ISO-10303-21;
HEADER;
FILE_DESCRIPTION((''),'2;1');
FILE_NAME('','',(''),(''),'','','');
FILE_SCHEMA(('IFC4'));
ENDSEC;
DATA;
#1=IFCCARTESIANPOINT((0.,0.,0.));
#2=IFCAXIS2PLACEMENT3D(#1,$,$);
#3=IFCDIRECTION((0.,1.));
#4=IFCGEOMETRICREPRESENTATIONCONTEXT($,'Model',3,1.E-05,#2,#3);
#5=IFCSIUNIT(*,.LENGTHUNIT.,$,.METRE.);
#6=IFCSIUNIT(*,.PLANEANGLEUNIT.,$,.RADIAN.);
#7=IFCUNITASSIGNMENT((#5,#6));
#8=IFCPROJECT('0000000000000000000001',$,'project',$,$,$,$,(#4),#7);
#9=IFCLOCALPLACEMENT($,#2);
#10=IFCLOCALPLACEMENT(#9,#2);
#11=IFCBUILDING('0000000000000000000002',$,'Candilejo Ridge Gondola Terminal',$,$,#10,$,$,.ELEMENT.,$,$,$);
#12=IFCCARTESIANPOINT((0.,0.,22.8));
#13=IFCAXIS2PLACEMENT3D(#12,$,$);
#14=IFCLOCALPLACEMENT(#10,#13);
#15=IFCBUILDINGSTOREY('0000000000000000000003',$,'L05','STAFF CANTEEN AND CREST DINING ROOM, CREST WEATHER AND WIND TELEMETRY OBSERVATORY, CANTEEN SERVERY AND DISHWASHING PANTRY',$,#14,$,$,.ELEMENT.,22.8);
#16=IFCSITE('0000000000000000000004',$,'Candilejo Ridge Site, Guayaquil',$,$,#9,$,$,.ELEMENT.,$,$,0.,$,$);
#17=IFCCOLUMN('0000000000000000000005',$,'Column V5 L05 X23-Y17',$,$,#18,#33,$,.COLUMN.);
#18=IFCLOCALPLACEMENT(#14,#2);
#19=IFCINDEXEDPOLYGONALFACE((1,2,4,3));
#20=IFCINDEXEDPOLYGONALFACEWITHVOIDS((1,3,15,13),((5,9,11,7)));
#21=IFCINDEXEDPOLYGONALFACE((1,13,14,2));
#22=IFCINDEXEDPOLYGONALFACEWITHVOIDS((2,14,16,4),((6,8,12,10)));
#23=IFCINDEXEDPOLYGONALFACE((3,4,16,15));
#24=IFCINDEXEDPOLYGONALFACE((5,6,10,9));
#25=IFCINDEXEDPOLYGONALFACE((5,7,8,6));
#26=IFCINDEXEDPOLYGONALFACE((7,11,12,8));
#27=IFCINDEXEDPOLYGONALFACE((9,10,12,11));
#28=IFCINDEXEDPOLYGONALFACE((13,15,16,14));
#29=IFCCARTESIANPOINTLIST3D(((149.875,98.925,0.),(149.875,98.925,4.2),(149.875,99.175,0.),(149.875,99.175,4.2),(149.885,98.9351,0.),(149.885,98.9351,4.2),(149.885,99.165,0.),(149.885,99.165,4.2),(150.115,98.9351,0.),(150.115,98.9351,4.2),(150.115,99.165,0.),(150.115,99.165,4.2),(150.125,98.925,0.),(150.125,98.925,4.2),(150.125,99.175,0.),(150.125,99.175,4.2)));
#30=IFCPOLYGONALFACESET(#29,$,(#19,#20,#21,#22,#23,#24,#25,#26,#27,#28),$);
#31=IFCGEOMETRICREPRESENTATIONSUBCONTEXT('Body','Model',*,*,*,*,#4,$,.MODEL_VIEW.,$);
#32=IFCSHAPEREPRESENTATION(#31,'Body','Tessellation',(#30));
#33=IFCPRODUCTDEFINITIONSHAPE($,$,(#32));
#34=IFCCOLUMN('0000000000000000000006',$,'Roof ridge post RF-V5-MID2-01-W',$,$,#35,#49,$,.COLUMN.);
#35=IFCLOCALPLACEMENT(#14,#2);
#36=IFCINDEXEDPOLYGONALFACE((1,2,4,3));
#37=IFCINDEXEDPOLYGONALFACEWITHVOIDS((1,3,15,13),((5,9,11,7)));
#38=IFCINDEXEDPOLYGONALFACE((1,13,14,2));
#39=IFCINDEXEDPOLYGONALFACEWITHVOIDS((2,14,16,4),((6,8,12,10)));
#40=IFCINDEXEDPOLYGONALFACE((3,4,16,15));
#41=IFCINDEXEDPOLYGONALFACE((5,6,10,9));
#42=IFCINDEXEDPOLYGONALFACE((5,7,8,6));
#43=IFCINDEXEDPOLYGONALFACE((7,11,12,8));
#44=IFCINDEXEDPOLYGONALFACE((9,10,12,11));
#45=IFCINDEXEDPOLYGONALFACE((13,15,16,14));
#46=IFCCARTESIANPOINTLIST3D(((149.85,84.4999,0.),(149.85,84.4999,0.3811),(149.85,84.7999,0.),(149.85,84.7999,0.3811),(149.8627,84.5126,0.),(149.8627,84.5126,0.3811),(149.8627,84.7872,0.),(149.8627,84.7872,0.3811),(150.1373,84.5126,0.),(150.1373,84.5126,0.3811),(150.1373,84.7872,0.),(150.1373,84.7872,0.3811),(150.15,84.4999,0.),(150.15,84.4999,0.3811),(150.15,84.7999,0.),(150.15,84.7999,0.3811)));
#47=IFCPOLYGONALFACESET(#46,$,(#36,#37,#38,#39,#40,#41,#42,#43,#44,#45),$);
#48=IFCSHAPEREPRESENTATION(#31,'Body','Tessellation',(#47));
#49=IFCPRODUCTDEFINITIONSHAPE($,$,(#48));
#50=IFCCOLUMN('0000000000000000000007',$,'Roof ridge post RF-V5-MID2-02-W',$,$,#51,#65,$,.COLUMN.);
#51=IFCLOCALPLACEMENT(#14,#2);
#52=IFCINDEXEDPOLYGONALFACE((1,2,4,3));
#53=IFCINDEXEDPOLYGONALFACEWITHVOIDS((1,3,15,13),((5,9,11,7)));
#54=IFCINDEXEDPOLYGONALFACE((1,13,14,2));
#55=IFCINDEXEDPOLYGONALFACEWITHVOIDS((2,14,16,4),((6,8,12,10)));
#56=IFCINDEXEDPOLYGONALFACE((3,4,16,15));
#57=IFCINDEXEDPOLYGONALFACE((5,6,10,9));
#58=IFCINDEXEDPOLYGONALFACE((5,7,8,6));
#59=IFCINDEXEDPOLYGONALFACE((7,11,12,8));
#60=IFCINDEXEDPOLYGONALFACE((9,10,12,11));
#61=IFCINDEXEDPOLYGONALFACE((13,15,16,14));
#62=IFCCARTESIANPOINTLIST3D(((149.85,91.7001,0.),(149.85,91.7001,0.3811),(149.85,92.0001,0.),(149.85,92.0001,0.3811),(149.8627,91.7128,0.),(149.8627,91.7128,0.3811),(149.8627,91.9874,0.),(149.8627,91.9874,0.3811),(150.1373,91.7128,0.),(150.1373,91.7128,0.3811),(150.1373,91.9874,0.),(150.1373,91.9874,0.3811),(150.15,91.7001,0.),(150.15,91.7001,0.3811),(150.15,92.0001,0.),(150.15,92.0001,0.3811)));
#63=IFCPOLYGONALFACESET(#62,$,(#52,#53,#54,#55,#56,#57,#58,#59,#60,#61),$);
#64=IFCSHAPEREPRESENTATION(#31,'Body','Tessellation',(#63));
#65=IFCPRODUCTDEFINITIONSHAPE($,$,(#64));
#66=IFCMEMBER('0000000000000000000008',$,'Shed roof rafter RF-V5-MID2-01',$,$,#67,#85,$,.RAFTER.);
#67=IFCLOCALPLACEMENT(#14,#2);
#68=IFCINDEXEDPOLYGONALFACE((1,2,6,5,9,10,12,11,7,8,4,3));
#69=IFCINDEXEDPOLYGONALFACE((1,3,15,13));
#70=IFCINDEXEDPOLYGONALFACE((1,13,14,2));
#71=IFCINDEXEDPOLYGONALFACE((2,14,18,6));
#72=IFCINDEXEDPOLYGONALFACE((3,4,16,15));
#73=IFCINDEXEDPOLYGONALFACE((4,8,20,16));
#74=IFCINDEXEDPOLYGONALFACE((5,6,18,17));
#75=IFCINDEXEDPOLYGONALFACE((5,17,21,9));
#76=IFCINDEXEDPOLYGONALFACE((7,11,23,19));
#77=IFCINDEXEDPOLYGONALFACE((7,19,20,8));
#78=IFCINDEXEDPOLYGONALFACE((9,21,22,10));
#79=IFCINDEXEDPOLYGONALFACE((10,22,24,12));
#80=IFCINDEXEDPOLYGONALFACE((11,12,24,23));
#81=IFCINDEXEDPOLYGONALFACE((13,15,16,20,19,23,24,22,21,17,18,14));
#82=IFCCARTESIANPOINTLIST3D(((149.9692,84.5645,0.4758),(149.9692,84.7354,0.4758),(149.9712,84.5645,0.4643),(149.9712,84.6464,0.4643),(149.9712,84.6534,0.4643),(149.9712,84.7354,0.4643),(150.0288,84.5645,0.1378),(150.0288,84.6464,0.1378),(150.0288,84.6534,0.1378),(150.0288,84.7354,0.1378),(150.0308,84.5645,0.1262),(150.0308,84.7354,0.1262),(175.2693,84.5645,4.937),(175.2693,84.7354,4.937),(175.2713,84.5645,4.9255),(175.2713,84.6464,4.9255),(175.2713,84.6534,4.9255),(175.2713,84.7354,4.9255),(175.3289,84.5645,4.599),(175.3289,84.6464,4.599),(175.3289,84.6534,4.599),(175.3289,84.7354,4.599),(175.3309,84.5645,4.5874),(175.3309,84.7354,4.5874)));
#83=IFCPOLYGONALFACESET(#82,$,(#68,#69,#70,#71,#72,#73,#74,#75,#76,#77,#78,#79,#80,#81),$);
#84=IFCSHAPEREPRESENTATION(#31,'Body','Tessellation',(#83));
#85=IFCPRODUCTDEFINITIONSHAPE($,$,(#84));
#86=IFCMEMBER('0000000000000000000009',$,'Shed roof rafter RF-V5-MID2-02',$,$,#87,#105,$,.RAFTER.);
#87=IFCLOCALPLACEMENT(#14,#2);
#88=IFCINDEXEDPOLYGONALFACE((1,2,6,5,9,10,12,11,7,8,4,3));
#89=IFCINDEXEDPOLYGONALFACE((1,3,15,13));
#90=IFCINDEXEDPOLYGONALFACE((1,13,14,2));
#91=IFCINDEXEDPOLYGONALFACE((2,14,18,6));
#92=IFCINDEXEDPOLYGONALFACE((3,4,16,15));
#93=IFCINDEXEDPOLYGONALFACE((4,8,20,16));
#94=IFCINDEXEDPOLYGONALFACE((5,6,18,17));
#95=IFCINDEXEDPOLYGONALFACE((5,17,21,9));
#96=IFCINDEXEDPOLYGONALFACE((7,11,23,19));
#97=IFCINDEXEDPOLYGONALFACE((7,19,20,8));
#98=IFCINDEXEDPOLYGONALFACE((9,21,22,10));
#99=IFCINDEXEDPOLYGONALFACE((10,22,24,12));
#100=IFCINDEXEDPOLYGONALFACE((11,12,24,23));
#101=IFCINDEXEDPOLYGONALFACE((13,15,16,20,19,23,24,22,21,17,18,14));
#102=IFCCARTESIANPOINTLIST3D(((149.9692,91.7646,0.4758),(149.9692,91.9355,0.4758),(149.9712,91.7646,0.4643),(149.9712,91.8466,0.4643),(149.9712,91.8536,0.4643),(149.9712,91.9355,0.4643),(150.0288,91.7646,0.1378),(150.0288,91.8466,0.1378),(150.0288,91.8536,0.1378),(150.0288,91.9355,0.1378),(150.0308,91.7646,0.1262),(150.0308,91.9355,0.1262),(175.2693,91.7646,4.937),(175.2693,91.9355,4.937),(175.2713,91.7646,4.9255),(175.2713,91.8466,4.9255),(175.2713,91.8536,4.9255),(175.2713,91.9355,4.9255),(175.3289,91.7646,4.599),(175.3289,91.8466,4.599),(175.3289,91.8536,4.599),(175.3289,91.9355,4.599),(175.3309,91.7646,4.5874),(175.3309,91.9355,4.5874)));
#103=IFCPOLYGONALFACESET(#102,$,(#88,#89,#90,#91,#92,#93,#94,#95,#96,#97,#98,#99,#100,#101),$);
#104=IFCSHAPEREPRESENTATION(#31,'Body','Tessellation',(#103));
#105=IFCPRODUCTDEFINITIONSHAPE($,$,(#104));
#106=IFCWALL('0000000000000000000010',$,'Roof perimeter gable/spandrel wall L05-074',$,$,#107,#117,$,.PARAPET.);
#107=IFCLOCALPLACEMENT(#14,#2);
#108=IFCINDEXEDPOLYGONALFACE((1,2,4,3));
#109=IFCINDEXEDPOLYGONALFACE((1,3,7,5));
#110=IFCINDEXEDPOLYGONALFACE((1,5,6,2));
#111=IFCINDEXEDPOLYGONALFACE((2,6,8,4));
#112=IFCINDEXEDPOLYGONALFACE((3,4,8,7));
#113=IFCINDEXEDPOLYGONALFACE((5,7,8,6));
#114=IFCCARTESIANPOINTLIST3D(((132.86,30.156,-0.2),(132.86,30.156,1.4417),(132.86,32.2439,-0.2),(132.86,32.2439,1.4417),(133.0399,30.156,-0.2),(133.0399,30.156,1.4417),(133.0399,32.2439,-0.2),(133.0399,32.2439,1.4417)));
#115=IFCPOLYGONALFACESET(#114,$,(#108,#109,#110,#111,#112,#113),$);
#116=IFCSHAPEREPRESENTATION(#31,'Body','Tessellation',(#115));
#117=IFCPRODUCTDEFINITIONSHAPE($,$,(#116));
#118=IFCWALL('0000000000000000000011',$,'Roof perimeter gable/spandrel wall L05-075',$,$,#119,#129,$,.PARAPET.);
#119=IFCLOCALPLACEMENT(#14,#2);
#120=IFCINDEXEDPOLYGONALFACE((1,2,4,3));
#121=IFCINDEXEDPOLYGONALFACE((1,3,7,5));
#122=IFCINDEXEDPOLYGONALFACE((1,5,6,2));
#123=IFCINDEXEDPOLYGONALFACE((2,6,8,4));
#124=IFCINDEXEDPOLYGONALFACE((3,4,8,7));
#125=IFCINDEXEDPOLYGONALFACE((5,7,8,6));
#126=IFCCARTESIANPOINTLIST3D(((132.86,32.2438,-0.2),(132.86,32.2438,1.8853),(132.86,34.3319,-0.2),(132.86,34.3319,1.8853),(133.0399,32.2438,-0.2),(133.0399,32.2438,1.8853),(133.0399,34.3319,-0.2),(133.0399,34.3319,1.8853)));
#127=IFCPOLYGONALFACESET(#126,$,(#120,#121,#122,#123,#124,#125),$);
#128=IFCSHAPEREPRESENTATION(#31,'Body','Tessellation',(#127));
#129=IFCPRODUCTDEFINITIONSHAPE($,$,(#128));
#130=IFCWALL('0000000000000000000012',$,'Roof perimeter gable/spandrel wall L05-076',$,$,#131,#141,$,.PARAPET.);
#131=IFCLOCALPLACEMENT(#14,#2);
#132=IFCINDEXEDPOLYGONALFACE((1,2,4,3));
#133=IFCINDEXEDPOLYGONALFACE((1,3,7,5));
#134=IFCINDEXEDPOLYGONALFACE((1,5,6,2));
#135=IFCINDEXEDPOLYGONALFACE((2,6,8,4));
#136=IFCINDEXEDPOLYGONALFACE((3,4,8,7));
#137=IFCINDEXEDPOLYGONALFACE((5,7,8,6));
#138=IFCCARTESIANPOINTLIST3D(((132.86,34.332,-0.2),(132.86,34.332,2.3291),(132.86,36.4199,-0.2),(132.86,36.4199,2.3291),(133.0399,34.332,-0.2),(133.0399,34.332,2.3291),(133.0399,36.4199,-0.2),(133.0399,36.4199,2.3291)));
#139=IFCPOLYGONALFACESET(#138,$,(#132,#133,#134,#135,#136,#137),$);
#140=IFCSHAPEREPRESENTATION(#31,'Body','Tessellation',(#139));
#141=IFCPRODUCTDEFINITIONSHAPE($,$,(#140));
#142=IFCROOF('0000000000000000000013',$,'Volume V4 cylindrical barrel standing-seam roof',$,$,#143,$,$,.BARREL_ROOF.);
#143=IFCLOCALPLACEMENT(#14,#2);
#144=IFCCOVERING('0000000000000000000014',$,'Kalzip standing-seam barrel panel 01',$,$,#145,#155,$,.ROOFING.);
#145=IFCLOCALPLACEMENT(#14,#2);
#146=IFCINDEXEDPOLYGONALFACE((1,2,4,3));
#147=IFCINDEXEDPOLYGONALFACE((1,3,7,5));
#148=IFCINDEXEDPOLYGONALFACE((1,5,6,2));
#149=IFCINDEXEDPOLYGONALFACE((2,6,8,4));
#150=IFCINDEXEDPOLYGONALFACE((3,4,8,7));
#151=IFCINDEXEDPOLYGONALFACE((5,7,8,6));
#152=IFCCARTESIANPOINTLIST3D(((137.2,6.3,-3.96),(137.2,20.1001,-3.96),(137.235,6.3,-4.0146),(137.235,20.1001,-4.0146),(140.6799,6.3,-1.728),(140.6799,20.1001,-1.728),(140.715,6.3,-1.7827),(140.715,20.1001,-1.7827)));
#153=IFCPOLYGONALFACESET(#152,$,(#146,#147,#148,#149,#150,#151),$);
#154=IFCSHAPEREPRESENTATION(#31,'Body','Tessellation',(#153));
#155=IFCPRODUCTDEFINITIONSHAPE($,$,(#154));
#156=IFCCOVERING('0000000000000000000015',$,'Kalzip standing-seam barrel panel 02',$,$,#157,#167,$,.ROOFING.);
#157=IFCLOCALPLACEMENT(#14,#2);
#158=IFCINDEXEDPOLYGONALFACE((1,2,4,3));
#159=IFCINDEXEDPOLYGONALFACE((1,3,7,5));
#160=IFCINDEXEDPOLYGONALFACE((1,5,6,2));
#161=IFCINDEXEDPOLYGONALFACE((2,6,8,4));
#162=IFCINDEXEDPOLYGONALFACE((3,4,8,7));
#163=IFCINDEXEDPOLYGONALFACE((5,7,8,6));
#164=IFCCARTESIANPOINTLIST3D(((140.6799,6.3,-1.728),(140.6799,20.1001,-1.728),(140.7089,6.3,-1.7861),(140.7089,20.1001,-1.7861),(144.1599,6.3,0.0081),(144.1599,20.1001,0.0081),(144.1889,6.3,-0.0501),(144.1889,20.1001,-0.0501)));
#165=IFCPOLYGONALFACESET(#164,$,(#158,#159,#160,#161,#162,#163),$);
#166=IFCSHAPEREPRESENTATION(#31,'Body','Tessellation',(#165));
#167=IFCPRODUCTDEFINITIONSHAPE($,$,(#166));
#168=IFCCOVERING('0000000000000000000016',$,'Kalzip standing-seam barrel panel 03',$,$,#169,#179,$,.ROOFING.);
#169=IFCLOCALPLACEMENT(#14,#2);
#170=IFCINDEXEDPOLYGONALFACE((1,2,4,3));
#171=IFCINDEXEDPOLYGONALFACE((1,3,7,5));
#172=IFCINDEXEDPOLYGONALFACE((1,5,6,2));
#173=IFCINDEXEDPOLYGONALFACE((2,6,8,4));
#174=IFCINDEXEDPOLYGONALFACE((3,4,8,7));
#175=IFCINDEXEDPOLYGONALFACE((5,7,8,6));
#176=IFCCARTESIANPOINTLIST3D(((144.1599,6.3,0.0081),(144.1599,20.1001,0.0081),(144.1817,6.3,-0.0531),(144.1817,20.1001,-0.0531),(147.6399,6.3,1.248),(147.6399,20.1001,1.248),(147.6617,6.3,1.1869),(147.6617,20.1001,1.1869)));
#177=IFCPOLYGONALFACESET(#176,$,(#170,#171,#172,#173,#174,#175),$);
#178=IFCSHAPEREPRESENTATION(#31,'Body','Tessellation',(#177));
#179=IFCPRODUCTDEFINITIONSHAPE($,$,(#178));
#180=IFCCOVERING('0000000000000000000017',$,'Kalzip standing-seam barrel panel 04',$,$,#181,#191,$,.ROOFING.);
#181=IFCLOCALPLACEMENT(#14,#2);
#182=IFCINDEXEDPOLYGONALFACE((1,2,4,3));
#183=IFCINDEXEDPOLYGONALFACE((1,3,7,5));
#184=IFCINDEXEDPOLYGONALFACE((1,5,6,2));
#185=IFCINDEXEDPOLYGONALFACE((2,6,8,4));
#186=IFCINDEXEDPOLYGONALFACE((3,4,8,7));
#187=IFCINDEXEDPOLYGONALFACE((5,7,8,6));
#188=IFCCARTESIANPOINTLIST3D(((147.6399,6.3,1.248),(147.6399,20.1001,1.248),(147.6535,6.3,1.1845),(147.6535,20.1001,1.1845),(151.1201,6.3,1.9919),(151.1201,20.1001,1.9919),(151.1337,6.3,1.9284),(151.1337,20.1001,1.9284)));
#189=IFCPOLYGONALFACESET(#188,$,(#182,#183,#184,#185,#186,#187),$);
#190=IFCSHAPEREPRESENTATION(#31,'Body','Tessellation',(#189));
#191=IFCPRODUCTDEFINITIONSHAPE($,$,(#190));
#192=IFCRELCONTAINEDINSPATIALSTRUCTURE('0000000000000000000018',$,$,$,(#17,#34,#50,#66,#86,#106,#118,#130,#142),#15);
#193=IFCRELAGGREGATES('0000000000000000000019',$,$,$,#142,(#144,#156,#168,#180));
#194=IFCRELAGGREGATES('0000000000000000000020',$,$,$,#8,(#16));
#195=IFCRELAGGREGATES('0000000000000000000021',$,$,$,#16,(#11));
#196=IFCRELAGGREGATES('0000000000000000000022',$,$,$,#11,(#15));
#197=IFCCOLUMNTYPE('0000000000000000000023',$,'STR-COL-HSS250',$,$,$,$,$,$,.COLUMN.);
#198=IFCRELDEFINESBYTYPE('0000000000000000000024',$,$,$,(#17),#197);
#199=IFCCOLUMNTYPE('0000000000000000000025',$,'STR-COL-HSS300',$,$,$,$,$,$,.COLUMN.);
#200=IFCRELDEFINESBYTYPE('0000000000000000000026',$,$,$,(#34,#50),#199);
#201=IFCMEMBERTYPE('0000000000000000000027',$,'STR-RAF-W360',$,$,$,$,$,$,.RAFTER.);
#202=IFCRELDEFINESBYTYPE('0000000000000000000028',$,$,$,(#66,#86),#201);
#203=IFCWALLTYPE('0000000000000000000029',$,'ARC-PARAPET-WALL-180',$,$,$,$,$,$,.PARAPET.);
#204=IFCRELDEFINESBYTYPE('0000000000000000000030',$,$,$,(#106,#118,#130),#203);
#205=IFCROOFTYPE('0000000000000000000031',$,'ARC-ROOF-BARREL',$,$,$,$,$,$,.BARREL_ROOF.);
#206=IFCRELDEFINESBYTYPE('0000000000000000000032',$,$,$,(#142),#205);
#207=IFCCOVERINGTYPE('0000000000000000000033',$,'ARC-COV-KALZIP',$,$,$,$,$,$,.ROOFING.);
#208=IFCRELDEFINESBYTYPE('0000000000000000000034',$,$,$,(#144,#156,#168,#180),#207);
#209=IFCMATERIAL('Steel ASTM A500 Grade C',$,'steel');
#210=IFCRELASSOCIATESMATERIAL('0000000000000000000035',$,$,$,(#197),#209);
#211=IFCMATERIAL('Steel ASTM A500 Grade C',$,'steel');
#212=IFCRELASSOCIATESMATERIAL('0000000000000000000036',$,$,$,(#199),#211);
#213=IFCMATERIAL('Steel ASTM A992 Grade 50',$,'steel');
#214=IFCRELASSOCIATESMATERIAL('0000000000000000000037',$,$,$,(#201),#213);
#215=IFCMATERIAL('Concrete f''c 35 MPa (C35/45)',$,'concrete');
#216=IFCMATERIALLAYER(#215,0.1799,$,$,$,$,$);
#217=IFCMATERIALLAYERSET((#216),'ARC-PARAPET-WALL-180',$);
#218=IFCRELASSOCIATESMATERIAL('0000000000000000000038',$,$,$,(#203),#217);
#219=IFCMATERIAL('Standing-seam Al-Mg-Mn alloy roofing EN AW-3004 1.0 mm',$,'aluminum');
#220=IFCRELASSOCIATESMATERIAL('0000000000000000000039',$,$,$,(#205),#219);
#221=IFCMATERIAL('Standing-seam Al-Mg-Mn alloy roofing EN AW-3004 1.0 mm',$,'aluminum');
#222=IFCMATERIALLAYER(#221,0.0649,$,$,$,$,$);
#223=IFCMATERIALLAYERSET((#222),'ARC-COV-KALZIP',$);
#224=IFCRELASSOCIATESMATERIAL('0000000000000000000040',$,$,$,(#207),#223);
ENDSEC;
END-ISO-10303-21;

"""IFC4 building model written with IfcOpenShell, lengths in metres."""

from ifc_helpers import new_model, si_unit, direction, frame, frame_2d, origin, origin_2d, place, context, subcontext, project, spatial, polyline, rectangle, hollow_rectangle, i_section, outline, extrude, material, layer, layer_set, material_profile, profile_set, type_object, element, aggregate, save


model = new_model("IFC4")

# Units and contexts
model_context = context("Model", 3, precision=1e-05, world=origin(), true_north=direction((0.0, 1.0)))
body_context = subcontext(model_context, "Body", "Model", "MODEL_VIEW")
ifc_project = project(units=[si_unit("LENGTHUNIT", "METRE"), si_unit("PLANEANGLEUNIT", "RADIAN")], contexts=[model_context])

# Site, building, storey
site_placement = place(None, origin())
site = spatial("IfcSite", under=ifc_project, at=site_placement, Name="Candilejo Ridge Site, Guayaquil", CompositionType="ELEMENT", RefElevation=0.0)
building_placement = place(site_placement, origin())
building = spatial("IfcBuilding", under=site, at=building_placement, Name="Candilejo Ridge Gondola Terminal", CompositionType="ELEMENT")
storey_placement = place(building_placement, frame((0.0, 0.0, 22.8)))
storey = spatial("IfcBuildingStorey", under=building, at=storey_placement, Name="L05", Description="STAFF CANTEEN AND CREST DINING ROOM, CREST WEATHER AND WIND TELEMETRY OBSERVATORY, CANTEEN SERVERY AND DISHWASHING PANTRY", CompositionType="ELEMENT", Elevation=22.8)

# Columns
ifc_material_1 = material(Name="Steel ASTM A500 Grade C", Category="steel")
ifc_material_profile_1 = material_profile(ifc_material_1, hollow_rectangle(XDim=0.25, YDim=0.25, WallThickness=0.01, at=origin_2d()))
ifc_profile_set_1 = profile_set([ifc_material_profile_1], Name="Steel ASTM A500 Grade C")
column_type_1 = type_object("IfcColumnType", Name="STR-COL-HSS250", PredefinedType="COLUMN", material=ifc_profile_set_1)
column_placement = place(storey_placement, frame((150.0, 99.05, 0.0), z_axis=(0.0, 0.0, 1.0), x_axis=(1.0, 0.0, 0.0)))
element("IfcColumn", 1, at=column_placement, inside=storey, type_object=column_type_1, Name="Column V5 L05 X23-Y17", PredefinedType="COLUMN", context=body_context, shape_type="SweptSolid", body=[
    extrude(hollow_rectangle(XDim=0.25, YDim=0.25, WallThickness=0.01, at=origin_2d()), origin(), (0.0, 0.0, 1.0), 4.2),
])
ifc_material_2 = material(Name="Steel ASTM A500 Grade C", Category="steel")
ifc_material_profile_2 = material_profile(ifc_material_2, hollow_rectangle(XDim=0.3, YDim=0.3, WallThickness=0.0127, at=origin_2d()))
ifc_profile_set_2 = profile_set([ifc_material_profile_2], Name="Steel ASTM A500 Grade C")
column_type_2 = type_object("IfcColumnType", Name="STR-COL-HSS300", PredefinedType="COLUMN", material=ifc_profile_set_2)
for number, where, z_axis, x_axis, name in (
    (2, (150.0, 84.6499, 0.0), (0.0, 0.0, 1.0), (1.0, 0.0, 0.0), "Roof ridge post RF-V5-MID2-01-W"),
    (3, (150.0, 91.8501, 0.0), (0.0, 0.0, 1.0), (1.0, 0.0, 0.0), "Roof ridge post RF-V5-MID2-02-W"),
):
    element("IfcColumn", number, at=place(storey_placement, frame(where, z_axis=z_axis, x_axis=x_axis)), inside=storey, type_object=column_type_2, Name=name, PredefinedType="COLUMN", context=body_context, shape_type="SweptSolid", body=[
        extrude(hollow_rectangle(XDim=0.3, YDim=0.3, WallThickness=0.0127, at=origin_2d()), origin(), (0.0, 0.0, 1.0), 0.3811),
    ])

# Members
ifc_material_3 = material(Name="Steel ASTM A992 Grade 50", Category="steel")
ifc_material_profile_3 = material_profile(ifc_material_3, i_section(OverallWidth=0.1709, OverallDepth=0.355, WebThickness=0.0071, FlangeThickness=0.0117, at=origin_2d()))
ifc_profile_set_3 = profile_set([ifc_material_profile_3], Name="Steel ASTM A992 Grade 50")
member_type = type_object("IfcMemberType", Name="STR-RAF-W360", PredefinedType="RAFTER", material=ifc_profile_set_3)
for number, where, z_axis, x_axis, name in (
    (4, (150.0, 84.6499, 0.301), (0.984807, 0.0, 0.173652), (0.0, 1.0, 0.0), "Shed roof rafter RF-V5-MID2-01"),
    (5, (150.0, 91.8501, 0.301), (0.984807, 0.0, 0.173652), (0.0, 1.0, 0.0), "Shed roof rafter RF-V5-MID2-02"),
):
    element("IfcMember", number, at=place(storey_placement, frame(where, z_axis=z_axis, x_axis=x_axis)), inside=storey, type_object=member_type, Name=name, PredefinedType="RAFTER", context=body_context, shape_type="SweptSolid", body=[
        extrude(i_section(OverallWidth=0.1709, OverallDepth=0.355, WebThickness=0.0071, FlangeThickness=0.0117, at=origin_2d()), origin(), (0.0, 0.0, 1.0), 25.6904),
    ])

# Walls
ifc_material_4 = material(Name="Concrete f'c 35 MPa (C35/45)", Category="concrete")
ifc_layer_1 = layer(ifc_material_4, 0.1799)
ifc_layer_set_1 = layer_set([ifc_layer_1], Name="ARC-PARAPET-WALL-180")
wall_type = type_object("IfcWallType", Name="ARC-PARAPET-WALL-180", PredefinedType="PARAPET", material=ifc_layer_set_1)
wall_1_placement = place(storey_placement, frame((132.95, 30.156, -0.2), z_axis=(0.0, 0.0, 1.0), x_axis=(0.0, 1.0, 0.0)))
element("IfcWall", 6, at=wall_1_placement, inside=storey, type_object=wall_type, Name="Roof perimeter gable/spandrel wall L05-074", PredefinedType="PARAPET", context=body_context, shape_type="SweptSolid", body=[
    extrude(rectangle(XDim=2.0879, YDim=0.1799, at=frame_2d((1.0439, 0.0))), origin(), (0.0, 0.0, 1.0), 1.6416),
])
wall_2_placement = place(storey_placement, frame((132.95, 32.2439, -0.2), z_axis=(0.0, 0.0, 1.0), x_axis=(0.0, 1.0, 0.0)))
element("IfcWall", 7, at=wall_2_placement, inside=storey, type_object=wall_type, Name="Roof perimeter gable/spandrel wall L05-075", PredefinedType="PARAPET", context=body_context, shape_type="SweptSolid", body=[
    extrude(rectangle(XDim=2.0881, YDim=0.1799, at=frame_2d((1.0439, 0.0))), origin(), (0.0, 0.0, 1.0), 2.0852),
])
wall_3_placement = place(storey_placement, frame((132.95, 34.332, -0.2), z_axis=(0.0, 0.0, 1.0), x_axis=(0.0, 1.0, 0.0)))
element("IfcWall", 8, at=wall_3_placement, inside=storey, type_object=wall_type, Name="Roof perimeter gable/spandrel wall L05-076", PredefinedType="PARAPET", context=body_context, shape_type="SweptSolid", body=[
    extrude(rectangle(XDim=2.0879, YDim=0.1799, at=frame_2d((1.0439, 0.0))), origin(), (0.0, 0.0, 1.0), 2.5291),
])

# Roof, coverings
ifc_material_5 = material(Name="Standing-seam Al-Mg-Mn alloy roofing EN AW-3004 1.0 mm", Category="aluminum")
roof_type = type_object("IfcRoofType", Name="ARC-ROOF-BARREL", PredefinedType="BARREL_ROOF", material=ifc_material_5)
roof_placement = place(storey_placement, origin())
roof = element("IfcRoof", 9, at=roof_placement, inside=storey, type_object=roof_type, Name="Volume V4 cylindrical barrel standing-seam roof", PredefinedType="BARREL_ROOF")
ifc_material_6 = material(Name="Standing-seam Al-Mg-Mn alloy roofing EN AW-3004 1.0 mm", Category="aluminum")
ifc_layer_2 = layer(ifc_material_6, 0.0649)
ifc_layer_set_2 = layer_set([ifc_layer_2], Name="ARC-COV-KALZIP")
covering_type = type_object("IfcCoveringType", Name="ARC-COV-KALZIP", PredefinedType="ROOFING", material=ifc_layer_set_2)
covering_1_placement = place(storey_placement, frame((137.2, 6.3, -3.96), z_axis=(-0.539868, 0.0, 0.84175), x_axis=(0.84175, 0.0, 0.539868)))
covering_1 = element("IfcCovering", 10, at=covering_1_placement, type_object=covering_type, Name="Kalzip standing-seam barrel panel 01", PredefinedType="ROOFING", context=body_context, shape_type="SweptSolid", body=[
    extrude(outline(polyline([(0.0, 0.0), (4.1342, 0.0), (4.1342, 13.8), (0.0, 13.8), (0.0, 0.0)])), origin(), (0.0, 0.0, -1.0), 0.0649),
])
covering_2_placement = place(storey_placement, frame((140.6799, 6.3, -1.728), z_axis=(-0.44641, 0.0, 0.894829), x_axis=(0.894829, 0.0, 0.44641)))
covering_2 = element("IfcCovering", 11, at=covering_2_placement, type_object=covering_type, Name="Kalzip standing-seam barrel panel 02", PredefinedType="ROOFING", context=body_context, shape_type="SweptSolid", body=[
    extrude(outline(polyline([(0.0, 0.0), (3.889, 0.0), (3.889, 13.8), (0.0, 13.8), (0.0, 0.0)])), origin(), (0.0, 0.0, -1.0), 0.0649),
])
covering_3_placement = place(storey_placement, frame((144.1599, 6.3, 0.0081), z_axis=(-0.33565, 0.0, 0.941987), x_axis=(0.941987, 0.0, 0.33565)))
covering_3 = element("IfcCovering", 12, at=covering_3_placement, type_object=covering_type, Name="Kalzip standing-seam barrel panel 03", PredefinedType="ROOFING", context=body_context, shape_type="SweptSolid", body=[
    extrude(outline(polyline([(0.0, 0.0), (3.6943, 0.0), (3.6943, 13.8), (0.0, 13.8), (0.0, 0.0)])), origin(), (0.0, 0.0, -1.0), 0.0649),
])
covering_4_placement = place(storey_placement, frame((147.6399, 6.3, 1.248), z_axis=(-0.209028, 0.0, 0.97791), x_axis=(0.97791, 0.0, 0.209028)))
covering_4 = element("IfcCovering", 13, at=covering_4_placement, type_object=covering_type, Name="Kalzip standing-seam barrel panel 04", PredefinedType="ROOFING", context=body_context, shape_type="SweptSolid", body=[
    extrude(outline(polyline([(0.0, 0.0), (3.5588, 0.0), (3.5588, 13.8), (0.0, 13.8), (0.0, 0.0)])), origin(), (0.0, 0.0, -1.0), 0.0649),
])
aggregate(roof, [covering_1, covering_2, covering_3, covering_4])

save(model, "model.ifc")
